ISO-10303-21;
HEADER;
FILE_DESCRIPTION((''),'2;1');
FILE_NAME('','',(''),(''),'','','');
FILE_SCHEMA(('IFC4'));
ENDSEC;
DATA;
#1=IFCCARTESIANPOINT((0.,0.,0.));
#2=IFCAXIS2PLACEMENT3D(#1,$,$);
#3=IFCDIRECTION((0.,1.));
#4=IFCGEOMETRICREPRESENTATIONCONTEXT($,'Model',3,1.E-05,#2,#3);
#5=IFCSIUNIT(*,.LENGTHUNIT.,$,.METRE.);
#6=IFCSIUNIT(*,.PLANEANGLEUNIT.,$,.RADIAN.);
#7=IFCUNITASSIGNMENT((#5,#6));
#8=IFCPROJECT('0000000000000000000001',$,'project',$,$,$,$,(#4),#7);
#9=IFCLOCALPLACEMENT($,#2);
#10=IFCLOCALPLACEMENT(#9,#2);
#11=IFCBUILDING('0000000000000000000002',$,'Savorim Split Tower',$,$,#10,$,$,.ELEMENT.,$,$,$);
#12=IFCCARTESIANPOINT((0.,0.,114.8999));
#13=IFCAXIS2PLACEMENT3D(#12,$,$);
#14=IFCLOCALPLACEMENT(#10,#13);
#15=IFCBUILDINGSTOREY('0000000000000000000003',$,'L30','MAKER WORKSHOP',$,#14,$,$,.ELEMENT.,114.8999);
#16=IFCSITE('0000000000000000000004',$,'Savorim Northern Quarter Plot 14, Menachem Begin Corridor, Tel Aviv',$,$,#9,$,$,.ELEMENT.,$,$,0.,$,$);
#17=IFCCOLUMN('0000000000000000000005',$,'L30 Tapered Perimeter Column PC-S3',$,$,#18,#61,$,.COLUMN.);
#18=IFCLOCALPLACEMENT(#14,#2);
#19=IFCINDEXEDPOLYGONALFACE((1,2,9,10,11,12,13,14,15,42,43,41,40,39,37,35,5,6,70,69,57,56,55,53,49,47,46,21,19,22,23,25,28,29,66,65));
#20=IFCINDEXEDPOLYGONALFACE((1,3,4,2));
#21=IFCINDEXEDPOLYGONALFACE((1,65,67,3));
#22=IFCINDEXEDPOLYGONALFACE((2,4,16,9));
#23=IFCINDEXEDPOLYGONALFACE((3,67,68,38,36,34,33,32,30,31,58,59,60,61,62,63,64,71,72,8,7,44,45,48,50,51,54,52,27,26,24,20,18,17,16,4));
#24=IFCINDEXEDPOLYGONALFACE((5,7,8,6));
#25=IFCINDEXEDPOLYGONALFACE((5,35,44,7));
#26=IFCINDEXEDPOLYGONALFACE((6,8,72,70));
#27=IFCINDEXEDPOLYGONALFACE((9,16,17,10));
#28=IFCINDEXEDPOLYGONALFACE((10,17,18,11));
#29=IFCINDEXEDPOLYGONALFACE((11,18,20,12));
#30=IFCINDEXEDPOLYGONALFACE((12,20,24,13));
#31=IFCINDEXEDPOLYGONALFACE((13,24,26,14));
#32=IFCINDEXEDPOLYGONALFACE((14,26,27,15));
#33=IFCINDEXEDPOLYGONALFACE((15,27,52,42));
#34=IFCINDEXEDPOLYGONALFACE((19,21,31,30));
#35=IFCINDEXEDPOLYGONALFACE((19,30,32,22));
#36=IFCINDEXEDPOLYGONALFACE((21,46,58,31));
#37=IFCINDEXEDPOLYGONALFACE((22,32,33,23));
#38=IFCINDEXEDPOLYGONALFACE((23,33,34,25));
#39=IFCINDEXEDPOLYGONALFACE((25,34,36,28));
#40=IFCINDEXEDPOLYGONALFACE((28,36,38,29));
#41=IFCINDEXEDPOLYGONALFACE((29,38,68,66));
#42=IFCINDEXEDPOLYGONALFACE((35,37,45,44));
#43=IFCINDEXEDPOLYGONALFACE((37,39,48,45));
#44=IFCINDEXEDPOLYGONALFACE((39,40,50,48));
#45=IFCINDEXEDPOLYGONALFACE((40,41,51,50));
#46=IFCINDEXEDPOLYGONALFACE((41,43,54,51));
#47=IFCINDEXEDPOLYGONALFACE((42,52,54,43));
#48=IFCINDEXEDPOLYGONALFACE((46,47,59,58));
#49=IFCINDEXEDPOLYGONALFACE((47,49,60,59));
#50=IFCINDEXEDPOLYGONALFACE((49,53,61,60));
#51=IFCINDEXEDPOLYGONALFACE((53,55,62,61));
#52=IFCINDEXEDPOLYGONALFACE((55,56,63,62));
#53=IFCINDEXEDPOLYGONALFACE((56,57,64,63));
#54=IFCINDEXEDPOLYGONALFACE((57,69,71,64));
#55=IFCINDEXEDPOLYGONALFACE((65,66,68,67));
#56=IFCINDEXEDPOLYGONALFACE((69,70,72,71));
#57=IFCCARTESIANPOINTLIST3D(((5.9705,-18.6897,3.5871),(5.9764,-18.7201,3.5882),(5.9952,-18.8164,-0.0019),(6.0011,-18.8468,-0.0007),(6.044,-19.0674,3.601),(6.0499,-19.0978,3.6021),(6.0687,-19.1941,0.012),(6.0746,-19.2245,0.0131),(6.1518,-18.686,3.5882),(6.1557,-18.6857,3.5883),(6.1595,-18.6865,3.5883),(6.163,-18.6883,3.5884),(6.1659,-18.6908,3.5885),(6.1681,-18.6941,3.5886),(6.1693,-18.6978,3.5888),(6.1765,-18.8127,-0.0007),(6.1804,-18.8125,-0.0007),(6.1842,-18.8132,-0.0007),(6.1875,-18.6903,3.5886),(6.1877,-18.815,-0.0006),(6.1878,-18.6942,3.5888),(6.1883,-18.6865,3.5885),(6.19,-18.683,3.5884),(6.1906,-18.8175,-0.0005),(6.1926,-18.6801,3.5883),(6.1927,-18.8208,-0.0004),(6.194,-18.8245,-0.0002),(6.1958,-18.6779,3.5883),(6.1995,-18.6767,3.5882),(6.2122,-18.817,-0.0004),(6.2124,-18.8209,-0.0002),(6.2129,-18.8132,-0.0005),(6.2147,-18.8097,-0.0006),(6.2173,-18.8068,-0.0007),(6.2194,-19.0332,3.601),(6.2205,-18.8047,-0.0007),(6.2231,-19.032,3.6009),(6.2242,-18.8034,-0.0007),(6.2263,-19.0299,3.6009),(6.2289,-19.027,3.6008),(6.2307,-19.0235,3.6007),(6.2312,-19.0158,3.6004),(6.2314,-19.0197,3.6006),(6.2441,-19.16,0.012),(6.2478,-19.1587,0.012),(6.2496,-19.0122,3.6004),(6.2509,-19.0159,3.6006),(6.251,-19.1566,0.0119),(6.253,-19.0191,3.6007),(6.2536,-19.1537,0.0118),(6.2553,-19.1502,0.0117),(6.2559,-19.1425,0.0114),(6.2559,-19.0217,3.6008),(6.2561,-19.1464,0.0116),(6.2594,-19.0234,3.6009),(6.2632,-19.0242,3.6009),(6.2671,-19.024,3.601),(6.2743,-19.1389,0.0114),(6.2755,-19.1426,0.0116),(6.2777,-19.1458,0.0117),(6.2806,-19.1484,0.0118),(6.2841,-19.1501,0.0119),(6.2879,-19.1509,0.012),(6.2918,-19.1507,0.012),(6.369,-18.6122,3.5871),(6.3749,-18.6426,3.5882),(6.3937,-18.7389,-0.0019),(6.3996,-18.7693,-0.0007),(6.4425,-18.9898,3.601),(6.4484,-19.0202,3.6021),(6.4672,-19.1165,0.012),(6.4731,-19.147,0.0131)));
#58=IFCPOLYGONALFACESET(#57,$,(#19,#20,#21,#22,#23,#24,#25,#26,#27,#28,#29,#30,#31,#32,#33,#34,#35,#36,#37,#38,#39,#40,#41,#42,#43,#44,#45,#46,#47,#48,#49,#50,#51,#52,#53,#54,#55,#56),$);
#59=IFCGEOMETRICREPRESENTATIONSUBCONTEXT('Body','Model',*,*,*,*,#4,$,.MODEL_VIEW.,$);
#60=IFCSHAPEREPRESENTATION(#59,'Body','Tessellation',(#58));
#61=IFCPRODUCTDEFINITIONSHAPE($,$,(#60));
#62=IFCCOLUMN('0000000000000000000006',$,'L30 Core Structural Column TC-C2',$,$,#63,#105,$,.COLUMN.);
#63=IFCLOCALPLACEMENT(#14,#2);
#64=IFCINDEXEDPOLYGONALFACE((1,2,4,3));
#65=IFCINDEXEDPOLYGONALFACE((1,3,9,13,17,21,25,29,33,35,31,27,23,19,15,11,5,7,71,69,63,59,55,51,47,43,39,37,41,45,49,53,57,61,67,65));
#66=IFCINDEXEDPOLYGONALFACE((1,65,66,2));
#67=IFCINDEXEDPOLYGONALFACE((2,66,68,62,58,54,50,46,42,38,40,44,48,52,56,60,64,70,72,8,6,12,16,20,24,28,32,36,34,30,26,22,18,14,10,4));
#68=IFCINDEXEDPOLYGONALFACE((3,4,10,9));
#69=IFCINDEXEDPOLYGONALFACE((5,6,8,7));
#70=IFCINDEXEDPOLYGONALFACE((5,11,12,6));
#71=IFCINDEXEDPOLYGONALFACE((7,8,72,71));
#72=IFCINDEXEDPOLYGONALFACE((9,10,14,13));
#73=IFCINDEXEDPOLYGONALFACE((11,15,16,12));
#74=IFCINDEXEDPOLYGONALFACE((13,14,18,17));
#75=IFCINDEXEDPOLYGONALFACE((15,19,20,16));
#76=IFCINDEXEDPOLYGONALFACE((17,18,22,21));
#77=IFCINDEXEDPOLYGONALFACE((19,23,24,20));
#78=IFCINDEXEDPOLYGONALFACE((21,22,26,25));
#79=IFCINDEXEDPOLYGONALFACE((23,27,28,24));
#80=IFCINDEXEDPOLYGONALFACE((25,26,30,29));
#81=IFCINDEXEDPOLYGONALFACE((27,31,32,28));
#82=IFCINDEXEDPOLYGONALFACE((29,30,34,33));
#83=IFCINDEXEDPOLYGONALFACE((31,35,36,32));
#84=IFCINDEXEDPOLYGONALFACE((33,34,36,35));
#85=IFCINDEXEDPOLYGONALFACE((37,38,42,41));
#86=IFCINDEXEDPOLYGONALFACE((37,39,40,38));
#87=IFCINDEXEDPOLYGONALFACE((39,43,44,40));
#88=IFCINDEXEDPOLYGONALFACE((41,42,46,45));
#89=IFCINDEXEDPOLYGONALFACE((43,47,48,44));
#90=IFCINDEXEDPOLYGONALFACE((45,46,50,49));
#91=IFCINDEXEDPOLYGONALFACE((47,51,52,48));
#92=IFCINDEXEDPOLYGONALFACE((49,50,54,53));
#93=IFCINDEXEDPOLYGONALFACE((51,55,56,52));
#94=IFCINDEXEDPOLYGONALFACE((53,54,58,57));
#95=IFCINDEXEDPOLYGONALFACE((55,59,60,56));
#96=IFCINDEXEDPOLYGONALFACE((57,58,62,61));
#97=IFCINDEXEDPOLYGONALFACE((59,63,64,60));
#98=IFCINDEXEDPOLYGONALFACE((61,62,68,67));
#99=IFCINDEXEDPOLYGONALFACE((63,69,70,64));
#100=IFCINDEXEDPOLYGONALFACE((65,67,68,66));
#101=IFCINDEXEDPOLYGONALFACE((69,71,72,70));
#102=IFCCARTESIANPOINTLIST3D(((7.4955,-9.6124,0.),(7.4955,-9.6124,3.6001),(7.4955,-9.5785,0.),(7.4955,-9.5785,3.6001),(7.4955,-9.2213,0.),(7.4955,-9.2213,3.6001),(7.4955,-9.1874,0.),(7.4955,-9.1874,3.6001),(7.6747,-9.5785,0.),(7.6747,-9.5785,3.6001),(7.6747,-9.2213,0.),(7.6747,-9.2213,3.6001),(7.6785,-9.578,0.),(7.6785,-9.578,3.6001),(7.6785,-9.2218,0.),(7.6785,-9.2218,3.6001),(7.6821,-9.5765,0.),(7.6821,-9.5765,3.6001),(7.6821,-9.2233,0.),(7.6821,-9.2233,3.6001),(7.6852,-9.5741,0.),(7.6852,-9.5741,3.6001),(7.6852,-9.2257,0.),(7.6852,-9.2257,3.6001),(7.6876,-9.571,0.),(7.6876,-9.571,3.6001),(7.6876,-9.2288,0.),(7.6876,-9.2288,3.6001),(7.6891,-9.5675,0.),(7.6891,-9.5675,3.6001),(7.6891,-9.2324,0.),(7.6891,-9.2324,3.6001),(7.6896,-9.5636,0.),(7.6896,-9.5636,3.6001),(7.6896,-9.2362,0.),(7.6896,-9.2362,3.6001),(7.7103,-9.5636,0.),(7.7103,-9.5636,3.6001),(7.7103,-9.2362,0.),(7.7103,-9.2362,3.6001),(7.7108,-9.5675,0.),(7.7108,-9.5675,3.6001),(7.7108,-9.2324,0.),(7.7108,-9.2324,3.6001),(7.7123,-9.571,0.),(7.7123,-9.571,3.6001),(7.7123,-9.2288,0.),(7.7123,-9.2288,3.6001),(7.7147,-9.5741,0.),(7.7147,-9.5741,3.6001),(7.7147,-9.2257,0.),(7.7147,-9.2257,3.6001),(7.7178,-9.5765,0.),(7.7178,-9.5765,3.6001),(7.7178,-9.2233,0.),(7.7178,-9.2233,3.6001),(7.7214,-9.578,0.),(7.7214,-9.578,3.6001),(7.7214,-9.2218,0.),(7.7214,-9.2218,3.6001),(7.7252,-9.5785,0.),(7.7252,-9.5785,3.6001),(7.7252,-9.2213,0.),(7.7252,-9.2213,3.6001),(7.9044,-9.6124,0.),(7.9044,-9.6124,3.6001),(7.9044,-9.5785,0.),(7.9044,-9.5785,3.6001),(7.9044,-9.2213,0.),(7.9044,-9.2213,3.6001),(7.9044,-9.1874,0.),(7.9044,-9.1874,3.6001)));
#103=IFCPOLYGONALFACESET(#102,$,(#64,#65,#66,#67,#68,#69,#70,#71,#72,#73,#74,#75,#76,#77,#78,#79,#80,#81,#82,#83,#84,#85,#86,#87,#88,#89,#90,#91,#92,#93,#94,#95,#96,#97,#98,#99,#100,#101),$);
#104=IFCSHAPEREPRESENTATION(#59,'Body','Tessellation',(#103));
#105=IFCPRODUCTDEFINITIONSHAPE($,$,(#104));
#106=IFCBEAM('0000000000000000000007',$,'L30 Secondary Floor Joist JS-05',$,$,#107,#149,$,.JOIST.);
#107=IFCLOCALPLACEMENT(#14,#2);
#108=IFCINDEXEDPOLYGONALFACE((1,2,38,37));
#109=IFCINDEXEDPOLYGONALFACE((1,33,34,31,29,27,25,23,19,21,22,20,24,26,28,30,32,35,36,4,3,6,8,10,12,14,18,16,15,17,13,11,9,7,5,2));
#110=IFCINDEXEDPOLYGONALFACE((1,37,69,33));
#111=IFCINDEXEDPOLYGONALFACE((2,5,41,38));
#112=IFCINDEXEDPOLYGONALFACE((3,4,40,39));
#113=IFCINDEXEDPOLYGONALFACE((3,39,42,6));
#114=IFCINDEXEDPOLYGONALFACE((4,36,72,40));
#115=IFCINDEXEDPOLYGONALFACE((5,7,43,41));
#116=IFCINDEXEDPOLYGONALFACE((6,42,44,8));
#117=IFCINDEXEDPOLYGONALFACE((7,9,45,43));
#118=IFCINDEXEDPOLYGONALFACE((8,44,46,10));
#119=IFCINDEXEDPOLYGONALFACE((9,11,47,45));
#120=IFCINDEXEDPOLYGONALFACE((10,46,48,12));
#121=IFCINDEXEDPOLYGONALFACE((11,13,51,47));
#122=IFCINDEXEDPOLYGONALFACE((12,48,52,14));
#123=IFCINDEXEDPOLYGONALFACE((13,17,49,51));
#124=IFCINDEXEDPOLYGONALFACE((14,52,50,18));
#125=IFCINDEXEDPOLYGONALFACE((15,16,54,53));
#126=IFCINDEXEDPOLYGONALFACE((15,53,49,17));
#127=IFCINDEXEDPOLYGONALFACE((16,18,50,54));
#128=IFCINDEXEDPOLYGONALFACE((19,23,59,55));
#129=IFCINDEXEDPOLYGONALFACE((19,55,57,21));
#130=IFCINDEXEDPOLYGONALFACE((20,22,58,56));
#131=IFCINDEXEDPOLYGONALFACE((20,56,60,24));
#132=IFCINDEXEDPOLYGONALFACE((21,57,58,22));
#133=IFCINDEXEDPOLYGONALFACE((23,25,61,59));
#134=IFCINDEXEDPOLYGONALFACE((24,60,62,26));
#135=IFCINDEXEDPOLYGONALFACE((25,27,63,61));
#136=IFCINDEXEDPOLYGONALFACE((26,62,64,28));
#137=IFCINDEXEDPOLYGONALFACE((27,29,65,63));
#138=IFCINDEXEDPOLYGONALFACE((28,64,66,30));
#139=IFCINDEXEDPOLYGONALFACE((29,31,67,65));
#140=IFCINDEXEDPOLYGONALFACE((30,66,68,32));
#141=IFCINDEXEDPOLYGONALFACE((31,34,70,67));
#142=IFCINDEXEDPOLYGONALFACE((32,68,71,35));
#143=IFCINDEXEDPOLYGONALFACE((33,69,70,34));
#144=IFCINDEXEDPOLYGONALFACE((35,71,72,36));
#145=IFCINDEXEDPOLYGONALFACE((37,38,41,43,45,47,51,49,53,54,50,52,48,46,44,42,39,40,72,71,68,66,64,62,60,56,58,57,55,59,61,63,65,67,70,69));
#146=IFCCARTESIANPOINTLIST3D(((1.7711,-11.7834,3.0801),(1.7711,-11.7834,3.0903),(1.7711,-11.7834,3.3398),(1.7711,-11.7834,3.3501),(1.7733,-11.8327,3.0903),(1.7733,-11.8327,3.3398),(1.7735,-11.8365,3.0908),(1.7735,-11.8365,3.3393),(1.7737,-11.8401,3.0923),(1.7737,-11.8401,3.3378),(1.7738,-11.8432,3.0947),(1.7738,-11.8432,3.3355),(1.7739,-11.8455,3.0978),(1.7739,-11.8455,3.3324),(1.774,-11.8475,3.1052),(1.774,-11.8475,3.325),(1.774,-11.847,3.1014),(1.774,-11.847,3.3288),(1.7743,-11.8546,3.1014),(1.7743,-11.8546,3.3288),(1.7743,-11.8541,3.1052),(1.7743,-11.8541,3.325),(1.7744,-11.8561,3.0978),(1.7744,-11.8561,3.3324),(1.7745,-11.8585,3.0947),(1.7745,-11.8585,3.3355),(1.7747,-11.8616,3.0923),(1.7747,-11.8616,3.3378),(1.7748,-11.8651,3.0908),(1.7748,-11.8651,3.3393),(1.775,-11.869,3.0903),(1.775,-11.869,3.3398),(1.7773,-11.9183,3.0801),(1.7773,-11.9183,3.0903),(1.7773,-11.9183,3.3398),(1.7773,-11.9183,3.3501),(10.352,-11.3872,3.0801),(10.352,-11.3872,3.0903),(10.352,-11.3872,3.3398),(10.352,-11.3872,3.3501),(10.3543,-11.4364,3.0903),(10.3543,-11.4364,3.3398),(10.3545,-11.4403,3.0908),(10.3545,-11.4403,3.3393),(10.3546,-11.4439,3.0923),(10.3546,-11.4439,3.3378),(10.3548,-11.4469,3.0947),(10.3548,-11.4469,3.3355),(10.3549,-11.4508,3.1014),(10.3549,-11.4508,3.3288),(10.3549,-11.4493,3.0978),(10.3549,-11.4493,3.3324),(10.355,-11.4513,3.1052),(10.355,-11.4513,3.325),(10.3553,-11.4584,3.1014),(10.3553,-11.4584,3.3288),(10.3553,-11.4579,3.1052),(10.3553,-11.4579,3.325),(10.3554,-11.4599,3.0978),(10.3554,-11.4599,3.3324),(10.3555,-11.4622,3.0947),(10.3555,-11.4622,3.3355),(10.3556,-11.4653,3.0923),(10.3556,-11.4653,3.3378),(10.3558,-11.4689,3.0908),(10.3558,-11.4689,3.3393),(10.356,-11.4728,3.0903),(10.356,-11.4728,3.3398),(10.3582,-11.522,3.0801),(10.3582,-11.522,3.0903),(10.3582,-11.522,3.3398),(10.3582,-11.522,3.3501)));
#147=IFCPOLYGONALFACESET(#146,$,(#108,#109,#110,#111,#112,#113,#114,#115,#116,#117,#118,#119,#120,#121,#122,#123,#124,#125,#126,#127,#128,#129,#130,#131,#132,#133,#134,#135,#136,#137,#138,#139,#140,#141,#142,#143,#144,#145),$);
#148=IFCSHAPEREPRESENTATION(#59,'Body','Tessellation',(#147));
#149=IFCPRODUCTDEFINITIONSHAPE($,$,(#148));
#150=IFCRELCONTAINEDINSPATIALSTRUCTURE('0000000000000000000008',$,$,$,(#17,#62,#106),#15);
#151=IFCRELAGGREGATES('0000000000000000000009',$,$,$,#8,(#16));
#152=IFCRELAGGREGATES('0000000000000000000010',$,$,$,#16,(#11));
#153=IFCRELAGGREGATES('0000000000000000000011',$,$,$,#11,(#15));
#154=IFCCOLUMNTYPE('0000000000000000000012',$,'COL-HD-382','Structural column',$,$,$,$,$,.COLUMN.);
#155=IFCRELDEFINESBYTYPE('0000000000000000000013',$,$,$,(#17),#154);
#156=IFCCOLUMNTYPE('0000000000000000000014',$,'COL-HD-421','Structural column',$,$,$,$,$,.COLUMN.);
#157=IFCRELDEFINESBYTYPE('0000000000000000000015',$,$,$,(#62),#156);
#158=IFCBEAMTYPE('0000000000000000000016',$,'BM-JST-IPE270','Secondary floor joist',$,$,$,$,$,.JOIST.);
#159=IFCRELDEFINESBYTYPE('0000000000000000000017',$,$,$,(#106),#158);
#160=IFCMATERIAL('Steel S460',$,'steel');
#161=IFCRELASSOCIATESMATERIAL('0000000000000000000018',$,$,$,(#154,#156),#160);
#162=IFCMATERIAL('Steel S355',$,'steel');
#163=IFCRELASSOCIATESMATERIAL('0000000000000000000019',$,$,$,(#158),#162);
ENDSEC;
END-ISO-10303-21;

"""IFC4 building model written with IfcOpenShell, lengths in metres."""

from ifc_helpers import new_model, si_unit, direction, frame, origin, origin_2d, place, context, subcontext, project, spatial, i_section, extrude, material, material_profile, profile_set, type_object, element, save


model = new_model("IFC4")

# Units and contexts
model_context = context("Model", 3, precision=1e-05, world=origin(), true_north=direction((0.0, 1.0)))
body_context = subcontext(model_context, "Body", "Model", "MODEL_VIEW")
ifc_project = project(units=[si_unit("LENGTHUNIT", "METRE"), si_unit("PLANEANGLEUNIT", "RADIAN")], contexts=[model_context])

# Site, building, storey
site_placement = place(None, origin())
site = spatial("IfcSite", under=ifc_project, at=site_placement, Name="Savorim Northern Quarter Plot 14, Menachem Begin Corridor, Tel Aviv", CompositionType="ELEMENT", RefElevation=0.0)
building_placement = place(site_placement, origin())
building = spatial("IfcBuilding", under=site, at=building_placement, Name="Savorim Split Tower", CompositionType="ELEMENT")
storey_placement = place(building_placement, frame((0.0, 0.0, 114.8999)))
storey = spatial("IfcBuildingStorey", under=building, at=storey_placement, Name="L30", Description="MAKER WORKSHOP", CompositionType="ELEMENT", Elevation=114.8999)

# Columns
ifc_material_1 = material(Name="Steel S460", Category="steel")
ifc_material_profile_1 = material_profile(ifc_material_1, i_section(OverallWidth=0.406, OverallDepth=0.416, WebThickness=0.0188, FlangeThickness=0.031, FilletRadius=0.0149, at=origin_2d()), Name="HD 400x382")
ifc_profile_set_1 = profile_set([ifc_material_profile_1], Name="Steel S460")
column_type_1 = type_object("IfcColumnType", Name="COL-HD-382", Description="Structural column", PredefinedType="COLUMN", material=ifc_profile_set_1)
column_1_placement = place(storey_placement, frame((6.2341, -18.9817, 0.0056), z_axis=(-0.006866, 0.035283, 0.999354), x_axis=(-0.981586, -0.191022, 0.0)))
element("IfcColumn", 1, at=column_1_placement, inside=storey, type_object=column_type_1, Name="L30 Tapered Perimeter Column PC-S3", PredefinedType="COLUMN", context=body_context, shape_type="SweptSolid", body=[
    extrude(i_section(OverallWidth=0.406, OverallDepth=0.416, WebThickness=0.0188, FlangeThickness=0.031, FilletRadius=0.0149, at=origin_2d()), origin(), (0.0, 0.0, 1.0), 3.5913),
])
ifc_material_profile_2 = material_profile(ifc_material_1, i_section(OverallWidth=0.4089, OverallDepth=0.425, WebThickness=0.0208, FlangeThickness=0.0339, FilletRadius=0.0149, at=origin_2d()), Name="HD 400x421")
ifc_profile_set_2 = profile_set([ifc_material_profile_2], Name="Steel S460")
column_type_2 = type_object("IfcColumnType", Name="COL-HD-421", Description="Structural column", PredefinedType="COLUMN", material=ifc_profile_set_2)
column_2_placement = place(storey_placement, frame((7.7, -9.3999, 0.0), z_axis=(0.0, 0.0, 1.0), x_axis=(1.0, 0.0, 0.0)))
element("IfcColumn", 2, at=column_2_placement, inside=storey, type_object=column_type_2, Name="L30 Core Structural Column TC-C2", PredefinedType="COLUMN", context=body_context, shape_type="SweptSolid", body=[
    extrude(i_section(OverallWidth=0.4089, OverallDepth=0.425, WebThickness=0.0208, FlangeThickness=0.0339, FilletRadius=0.0149, at=origin_2d()), origin(), (0.0, 0.0, 1.0), 3.6001),
])

# Beam
ifc_material_2 = material(Name="Steel S355", Category="steel")
ifc_material_profile_3 = material_profile(ifc_material_2, i_section(OverallWidth=0.135, OverallDepth=0.27, WebThickness=0.0066, FlangeThickness=0.0103, FilletRadius=0.0149, at=origin_2d()), Name="IPE 270")
ifc_profile_set_3 = profile_set([ifc_material_profile_3], Name="Steel S355")
beam_type_1 = type_object("IfcBeamType", Name="BM-JST-IPE270", Description="Secondary floor joist", PredefinedType="JOIST", material=ifc_profile_set_3)
beam_1_placement = place(storey_placement, frame((1.7742, -11.8508, 3.2151), z_axis=(0.998936, 0.046127, 0.0), x_axis=(-0.046127, 0.998936, 0.0)))
element("IfcBeam", 3, at=beam_1_placement, inside=storey, type_object=beam_type_1, Name="L30 Secondary Floor Joist JS-05", PredefinedType="JOIST", context=body_context, shape_type="SweptSolid", body=[
    extrude(i_section(OverallWidth=0.135, OverallDepth=0.27, WebThickness=0.0066, FlangeThickness=0.0103, FilletRadius=0.0149, at=origin_2d()), origin(), (0.0, 0.0, 1.0), 8.5901),
])

save(model, "model.ifc")
